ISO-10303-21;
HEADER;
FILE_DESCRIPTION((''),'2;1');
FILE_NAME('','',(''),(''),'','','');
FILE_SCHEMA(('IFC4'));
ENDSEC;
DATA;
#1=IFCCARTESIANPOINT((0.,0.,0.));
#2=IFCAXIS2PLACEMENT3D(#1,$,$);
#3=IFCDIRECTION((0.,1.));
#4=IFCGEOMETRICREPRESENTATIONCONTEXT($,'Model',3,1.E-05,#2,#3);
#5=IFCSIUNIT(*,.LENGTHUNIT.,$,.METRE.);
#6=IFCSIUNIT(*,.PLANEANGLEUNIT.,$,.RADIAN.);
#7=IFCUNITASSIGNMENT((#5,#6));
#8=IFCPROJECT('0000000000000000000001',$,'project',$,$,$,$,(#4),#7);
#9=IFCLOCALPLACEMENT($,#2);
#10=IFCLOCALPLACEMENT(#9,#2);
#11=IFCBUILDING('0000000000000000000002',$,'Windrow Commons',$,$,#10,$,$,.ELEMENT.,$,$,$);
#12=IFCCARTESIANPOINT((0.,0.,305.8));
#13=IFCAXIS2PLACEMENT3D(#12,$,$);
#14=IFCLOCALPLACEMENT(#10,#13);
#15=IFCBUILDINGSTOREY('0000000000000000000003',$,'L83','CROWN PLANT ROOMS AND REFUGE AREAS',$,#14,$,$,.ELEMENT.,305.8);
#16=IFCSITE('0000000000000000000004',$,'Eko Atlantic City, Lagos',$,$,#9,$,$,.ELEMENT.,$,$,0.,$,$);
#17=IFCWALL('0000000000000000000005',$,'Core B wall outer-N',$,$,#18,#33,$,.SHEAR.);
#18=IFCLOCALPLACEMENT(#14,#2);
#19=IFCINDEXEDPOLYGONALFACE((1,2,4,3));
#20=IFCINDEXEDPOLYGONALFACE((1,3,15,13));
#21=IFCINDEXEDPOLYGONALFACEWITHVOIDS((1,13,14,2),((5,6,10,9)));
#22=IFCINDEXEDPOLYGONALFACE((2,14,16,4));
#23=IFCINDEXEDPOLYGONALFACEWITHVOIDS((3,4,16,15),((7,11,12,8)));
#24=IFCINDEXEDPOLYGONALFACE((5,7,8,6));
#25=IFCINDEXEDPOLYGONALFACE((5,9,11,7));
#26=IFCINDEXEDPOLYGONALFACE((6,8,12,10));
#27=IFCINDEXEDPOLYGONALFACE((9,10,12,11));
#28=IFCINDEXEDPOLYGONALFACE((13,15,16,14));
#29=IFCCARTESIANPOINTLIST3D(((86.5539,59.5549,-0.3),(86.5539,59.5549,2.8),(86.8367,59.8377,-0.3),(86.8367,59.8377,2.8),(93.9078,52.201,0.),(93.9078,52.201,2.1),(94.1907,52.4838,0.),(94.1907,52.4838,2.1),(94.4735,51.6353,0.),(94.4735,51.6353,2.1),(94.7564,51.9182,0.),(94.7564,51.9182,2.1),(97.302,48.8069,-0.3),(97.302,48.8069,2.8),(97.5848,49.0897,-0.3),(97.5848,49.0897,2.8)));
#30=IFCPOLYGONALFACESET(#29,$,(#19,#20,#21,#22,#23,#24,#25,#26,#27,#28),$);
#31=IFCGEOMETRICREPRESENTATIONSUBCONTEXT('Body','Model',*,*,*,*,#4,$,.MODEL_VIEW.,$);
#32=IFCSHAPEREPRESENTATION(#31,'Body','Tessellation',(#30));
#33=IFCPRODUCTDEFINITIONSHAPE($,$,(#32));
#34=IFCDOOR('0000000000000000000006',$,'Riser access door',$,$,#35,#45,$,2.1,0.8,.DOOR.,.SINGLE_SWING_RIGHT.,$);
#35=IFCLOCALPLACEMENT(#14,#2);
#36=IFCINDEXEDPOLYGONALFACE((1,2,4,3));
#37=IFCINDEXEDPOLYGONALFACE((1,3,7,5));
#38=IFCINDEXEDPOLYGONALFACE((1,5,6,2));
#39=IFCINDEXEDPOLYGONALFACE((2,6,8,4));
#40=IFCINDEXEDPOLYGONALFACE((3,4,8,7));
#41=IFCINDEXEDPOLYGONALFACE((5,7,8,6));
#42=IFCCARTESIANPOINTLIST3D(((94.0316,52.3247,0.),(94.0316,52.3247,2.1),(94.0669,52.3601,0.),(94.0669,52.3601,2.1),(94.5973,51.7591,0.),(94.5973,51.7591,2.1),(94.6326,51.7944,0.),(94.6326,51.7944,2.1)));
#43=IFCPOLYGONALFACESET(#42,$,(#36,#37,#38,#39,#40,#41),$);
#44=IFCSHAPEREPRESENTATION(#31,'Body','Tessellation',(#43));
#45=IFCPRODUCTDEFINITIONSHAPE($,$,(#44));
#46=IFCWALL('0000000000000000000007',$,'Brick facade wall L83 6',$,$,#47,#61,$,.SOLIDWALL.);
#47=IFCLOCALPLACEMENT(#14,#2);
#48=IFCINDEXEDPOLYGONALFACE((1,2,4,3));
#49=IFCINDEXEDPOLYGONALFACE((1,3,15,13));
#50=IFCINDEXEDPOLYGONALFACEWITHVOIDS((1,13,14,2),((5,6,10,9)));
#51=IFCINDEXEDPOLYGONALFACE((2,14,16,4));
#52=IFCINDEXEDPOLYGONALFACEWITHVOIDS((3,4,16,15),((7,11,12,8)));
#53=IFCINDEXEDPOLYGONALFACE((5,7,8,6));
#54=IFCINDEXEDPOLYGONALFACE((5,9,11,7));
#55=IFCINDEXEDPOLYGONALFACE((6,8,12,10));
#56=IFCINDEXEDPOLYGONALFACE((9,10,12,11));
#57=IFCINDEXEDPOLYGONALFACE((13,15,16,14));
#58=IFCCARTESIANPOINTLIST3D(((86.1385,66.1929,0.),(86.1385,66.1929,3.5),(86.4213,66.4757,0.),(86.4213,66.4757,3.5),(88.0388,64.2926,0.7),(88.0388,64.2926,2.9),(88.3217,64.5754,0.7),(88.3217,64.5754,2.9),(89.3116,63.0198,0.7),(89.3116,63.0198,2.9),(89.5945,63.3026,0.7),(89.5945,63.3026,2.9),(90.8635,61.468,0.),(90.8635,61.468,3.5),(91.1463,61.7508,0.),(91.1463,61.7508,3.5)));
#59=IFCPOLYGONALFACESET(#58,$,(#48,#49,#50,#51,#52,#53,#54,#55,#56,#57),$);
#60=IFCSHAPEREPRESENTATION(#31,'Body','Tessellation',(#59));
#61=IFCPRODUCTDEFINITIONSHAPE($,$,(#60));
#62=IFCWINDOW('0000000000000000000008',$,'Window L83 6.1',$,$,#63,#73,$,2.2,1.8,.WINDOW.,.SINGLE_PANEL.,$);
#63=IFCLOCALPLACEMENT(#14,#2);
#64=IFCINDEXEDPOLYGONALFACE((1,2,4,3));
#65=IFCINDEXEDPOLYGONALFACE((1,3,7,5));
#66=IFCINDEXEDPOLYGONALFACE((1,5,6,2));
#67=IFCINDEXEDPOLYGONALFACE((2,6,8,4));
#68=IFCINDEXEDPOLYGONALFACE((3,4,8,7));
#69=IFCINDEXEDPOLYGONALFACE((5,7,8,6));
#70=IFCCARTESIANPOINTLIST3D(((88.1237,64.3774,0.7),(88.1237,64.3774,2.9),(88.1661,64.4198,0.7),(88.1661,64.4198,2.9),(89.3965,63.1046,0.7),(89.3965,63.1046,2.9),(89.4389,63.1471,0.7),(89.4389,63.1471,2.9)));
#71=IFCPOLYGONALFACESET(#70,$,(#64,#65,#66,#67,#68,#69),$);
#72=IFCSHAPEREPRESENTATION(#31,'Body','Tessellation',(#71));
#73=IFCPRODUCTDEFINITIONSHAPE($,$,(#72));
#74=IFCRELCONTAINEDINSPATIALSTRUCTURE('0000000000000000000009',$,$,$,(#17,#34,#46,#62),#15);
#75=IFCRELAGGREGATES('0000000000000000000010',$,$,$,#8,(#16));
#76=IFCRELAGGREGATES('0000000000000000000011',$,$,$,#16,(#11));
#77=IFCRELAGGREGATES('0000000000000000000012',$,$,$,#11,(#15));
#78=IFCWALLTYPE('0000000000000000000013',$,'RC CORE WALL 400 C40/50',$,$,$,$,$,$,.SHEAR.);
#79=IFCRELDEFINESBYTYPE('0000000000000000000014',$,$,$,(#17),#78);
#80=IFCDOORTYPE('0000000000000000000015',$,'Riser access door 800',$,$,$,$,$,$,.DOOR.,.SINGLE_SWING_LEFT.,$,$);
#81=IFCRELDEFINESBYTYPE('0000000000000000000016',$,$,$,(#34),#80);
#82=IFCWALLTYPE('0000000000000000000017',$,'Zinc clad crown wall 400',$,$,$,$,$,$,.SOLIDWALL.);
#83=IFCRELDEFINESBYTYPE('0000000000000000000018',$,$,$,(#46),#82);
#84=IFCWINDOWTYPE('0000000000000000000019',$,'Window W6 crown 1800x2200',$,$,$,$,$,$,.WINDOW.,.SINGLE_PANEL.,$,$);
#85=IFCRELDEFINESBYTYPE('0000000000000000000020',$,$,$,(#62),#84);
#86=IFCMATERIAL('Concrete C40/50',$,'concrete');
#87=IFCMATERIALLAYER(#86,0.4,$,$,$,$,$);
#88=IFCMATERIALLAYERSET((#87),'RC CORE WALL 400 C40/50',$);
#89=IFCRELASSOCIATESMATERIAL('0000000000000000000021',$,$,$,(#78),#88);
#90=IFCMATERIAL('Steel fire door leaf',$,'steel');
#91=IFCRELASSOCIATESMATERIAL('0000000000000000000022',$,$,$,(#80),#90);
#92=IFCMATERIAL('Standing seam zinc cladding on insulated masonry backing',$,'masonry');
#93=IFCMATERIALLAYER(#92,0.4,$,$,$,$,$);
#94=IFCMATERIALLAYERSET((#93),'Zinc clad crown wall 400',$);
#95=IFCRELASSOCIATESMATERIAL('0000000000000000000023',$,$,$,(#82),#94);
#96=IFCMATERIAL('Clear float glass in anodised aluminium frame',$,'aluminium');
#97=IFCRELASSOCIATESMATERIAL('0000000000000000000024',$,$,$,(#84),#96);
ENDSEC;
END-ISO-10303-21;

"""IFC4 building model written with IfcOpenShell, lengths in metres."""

from ifc_helpers import new_model, si_unit, direction, frame, frame_2d, origin, place, context, subcontext, project, spatial, polyline, rectangle, outline, extrude, material, layer, layer_set, type_object, element, fill, save


model = new_model("IFC4")

# Units and contexts
model_context = context("Model", 3, precision=1e-05, world=origin(), true_north=direction((0.0, 1.0)))
body_context = subcontext(model_context, "Body", "Model", "MODEL_VIEW")
ifc_project = project(units=[si_unit("LENGTHUNIT", "METRE"), si_unit("PLANEANGLEUNIT", "RADIAN")], contexts=[model_context])

# Site, building, storey
site_placement = place(None, origin())
site = spatial("IfcSite", under=ifc_project, at=site_placement, Name="Eko Atlantic City, Lagos", CompositionType="ELEMENT", RefElevation=0.0)
building_placement = place(site_placement, origin())
building = spatial("IfcBuilding", under=site, at=building_placement, Name="Windrow Commons", CompositionType="ELEMENT")
storey_placement = place(building_placement, frame((0.0, 0.0, 305.8)))
storey = spatial("IfcBuildingStorey", under=building, at=storey_placement, Name="L83", Description="CROWN PLANT ROOMS AND REFUGE AREAS", CompositionType="ELEMENT", Elevation=305.8)

# Wall, opening, door
ifc_material_1 = material(Name="Concrete C40/50", Category="concrete")
ifc_layer_1 = layer(ifc_material_1, 0.4)
ifc_layer_set_1 = layer_set([ifc_layer_1], Name="RC CORE WALL 400 C40/50")
wall_type_1 = type_object("IfcWallType", Name="RC CORE WALL 400 C40/50", PredefinedType="SHEAR", material=ifc_layer_set_1)
wall_1_placement = place(storey_placement, frame((86.6953, 59.6963, -0.3), z_axis=(0.0, 0.0, 1.0), x_axis=(0.70711, -0.707103, 0.0)))
wall_1 = element("IfcWall", 1, at=wall_1_placement, inside=storey, type_object=wall_type_1, Name="Core B wall outer-N", PredefinedType="SHEAR", context=body_context, shape_type="SweptSolid", body=[
    extrude(outline(polyline([(0.0, 0.0), (15.2, 0.0), (15.2, 3.1), (0.0, 3.1), (0.0, 0.0)])), frame((0.0, 0.2, 0.0), z_axis=(0.0, -1.0, 0.0), x_axis=(1.0, 0.0, 0.0)), (0.0, 0.0, 1.0), 0.4),
])
opening_1_placement = place(wall_1_placement, frame((10.4, 0.0, 0.3)))
opening_1 = element("IfcOpeningElement", 2, at=opening_1_placement, cuts=wall_1, PredefinedType="OPENING", context=body_context, shape_type="SweptSolid", body=[
    extrude(rectangle(XDim=0.8, YDim=2.1, at=frame_2d((0.4, 1.05))), frame((0.0, 0.21, 0.0), z_axis=(0.0, -1.0, 0.0), x_axis=(1.0, 0.0, 0.0)), (0.0, 0.0, 1.0), 0.42),
])
ifc_material_2 = material(Name="Steel fire door leaf", Category="steel")
door_type_1 = type_object("IfcDoorType", Name="Riser access door 800", OperationType="SINGLE_SWING_LEFT", PredefinedType="DOOR", material=ifc_material_2)
door_1_placement = place(opening_1_placement, origin())
door_1 = element("IfcDoor", 3, at=door_1_placement, inside=storey, type_object=door_type_1, Name="Riser access door", OperationType="SINGLE_SWING_RIGHT", OverallHeight=2.1, OverallWidth=0.8, PredefinedType="DOOR", context=body_context, shape_type="SweptSolid", body=[
    extrude(rectangle(XDim=0.8, YDim=2.1, at=frame_2d((0.4, 1.05))), frame((0.0, 0.025, 0.0), z_axis=(0.0, -1.0, 0.0), x_axis=(1.0, 0.0, 0.0)), (0.0, 0.0, 1.0), 0.05),
])
fill(opening_1, door_1)

# Wall, opening, window
ifc_material_3 = material(Name="Standing seam zinc cladding on insulated masonry backing", Category="masonry")
ifc_layer_2 = layer(ifc_material_3, 0.4)
ifc_layer_set_2 = layer_set([ifc_layer_2], Name="Zinc clad crown wall 400")
wall_type_2 = type_object("IfcWallType", Name="Zinc clad crown wall 400", PredefinedType="SOLIDWALL", material=ifc_layer_set_2)
wall_2_placement = place(storey_placement, frame((91.0049, 61.6094, 0.0), z_axis=(0.0, 0.0, 1.0), x_axis=(-0.707114, 0.707099, 0.0)))
wall_2 = element("IfcWall", 4, at=wall_2_placement, inside=storey, type_object=wall_type_2, Name="Brick facade wall L83 6", PredefinedType="SOLIDWALL", context=body_context, shape_type="SweptSolid", body=[
    extrude(outline(polyline([(0.0, -0.2), (6.6821, -0.2), (6.6821, 0.2), (0.0, 0.2), (0.0, -0.2)])), origin(), (0.0, 0.0, 1.0), 3.5),
])
opening_2_placement = place(wall_2_placement, frame((2.1946, 0.0, 0.7)))
opening_2 = element("IfcOpeningElement", 5, at=opening_2_placement, cuts=wall_2, PredefinedType="OPENING", context=body_context, shape_type="SweptSolid", body=[
    extrude(rectangle(XDim=1.8, YDim=2.2, at=frame_2d((0.9, 1.1))), frame((0.0, 0.21, 0.0), z_axis=(0.0, -1.0, 0.0), x_axis=(1.0, 0.0, 0.0)), (0.0, 0.0, 1.0), 0.42),
])
ifc_material_4 = material(Name="Clear float glass in anodised aluminium frame", Category="aluminium")
window_type = type_object("IfcWindowType", Name="Window W6 crown 1800x2200", PartitioningType="SINGLE_PANEL", PredefinedType="WINDOW", material=ifc_material_4)
window_placement = place(opening_2_placement, origin())
window = element("IfcWindow", 6, at=window_placement, inside=storey, type_object=window_type, Name="Window L83 6.1", OverallHeight=2.2, OverallWidth=1.8, PartitioningType="SINGLE_PANEL", PredefinedType="WINDOW", context=body_context, shape_type="SweptSolid", body=[
    extrude(rectangle(XDim=1.8, YDim=2.2, at=frame_2d((0.9, 1.1))), frame((0.0, 0.08, 0.0), z_axis=(0.0, -1.0, 0.0), x_axis=(1.0, 0.0, 0.0)), (0.0, 0.0, 1.0), 0.06),
])
fill(opening_2, window)

save(model, "model.ifc")
